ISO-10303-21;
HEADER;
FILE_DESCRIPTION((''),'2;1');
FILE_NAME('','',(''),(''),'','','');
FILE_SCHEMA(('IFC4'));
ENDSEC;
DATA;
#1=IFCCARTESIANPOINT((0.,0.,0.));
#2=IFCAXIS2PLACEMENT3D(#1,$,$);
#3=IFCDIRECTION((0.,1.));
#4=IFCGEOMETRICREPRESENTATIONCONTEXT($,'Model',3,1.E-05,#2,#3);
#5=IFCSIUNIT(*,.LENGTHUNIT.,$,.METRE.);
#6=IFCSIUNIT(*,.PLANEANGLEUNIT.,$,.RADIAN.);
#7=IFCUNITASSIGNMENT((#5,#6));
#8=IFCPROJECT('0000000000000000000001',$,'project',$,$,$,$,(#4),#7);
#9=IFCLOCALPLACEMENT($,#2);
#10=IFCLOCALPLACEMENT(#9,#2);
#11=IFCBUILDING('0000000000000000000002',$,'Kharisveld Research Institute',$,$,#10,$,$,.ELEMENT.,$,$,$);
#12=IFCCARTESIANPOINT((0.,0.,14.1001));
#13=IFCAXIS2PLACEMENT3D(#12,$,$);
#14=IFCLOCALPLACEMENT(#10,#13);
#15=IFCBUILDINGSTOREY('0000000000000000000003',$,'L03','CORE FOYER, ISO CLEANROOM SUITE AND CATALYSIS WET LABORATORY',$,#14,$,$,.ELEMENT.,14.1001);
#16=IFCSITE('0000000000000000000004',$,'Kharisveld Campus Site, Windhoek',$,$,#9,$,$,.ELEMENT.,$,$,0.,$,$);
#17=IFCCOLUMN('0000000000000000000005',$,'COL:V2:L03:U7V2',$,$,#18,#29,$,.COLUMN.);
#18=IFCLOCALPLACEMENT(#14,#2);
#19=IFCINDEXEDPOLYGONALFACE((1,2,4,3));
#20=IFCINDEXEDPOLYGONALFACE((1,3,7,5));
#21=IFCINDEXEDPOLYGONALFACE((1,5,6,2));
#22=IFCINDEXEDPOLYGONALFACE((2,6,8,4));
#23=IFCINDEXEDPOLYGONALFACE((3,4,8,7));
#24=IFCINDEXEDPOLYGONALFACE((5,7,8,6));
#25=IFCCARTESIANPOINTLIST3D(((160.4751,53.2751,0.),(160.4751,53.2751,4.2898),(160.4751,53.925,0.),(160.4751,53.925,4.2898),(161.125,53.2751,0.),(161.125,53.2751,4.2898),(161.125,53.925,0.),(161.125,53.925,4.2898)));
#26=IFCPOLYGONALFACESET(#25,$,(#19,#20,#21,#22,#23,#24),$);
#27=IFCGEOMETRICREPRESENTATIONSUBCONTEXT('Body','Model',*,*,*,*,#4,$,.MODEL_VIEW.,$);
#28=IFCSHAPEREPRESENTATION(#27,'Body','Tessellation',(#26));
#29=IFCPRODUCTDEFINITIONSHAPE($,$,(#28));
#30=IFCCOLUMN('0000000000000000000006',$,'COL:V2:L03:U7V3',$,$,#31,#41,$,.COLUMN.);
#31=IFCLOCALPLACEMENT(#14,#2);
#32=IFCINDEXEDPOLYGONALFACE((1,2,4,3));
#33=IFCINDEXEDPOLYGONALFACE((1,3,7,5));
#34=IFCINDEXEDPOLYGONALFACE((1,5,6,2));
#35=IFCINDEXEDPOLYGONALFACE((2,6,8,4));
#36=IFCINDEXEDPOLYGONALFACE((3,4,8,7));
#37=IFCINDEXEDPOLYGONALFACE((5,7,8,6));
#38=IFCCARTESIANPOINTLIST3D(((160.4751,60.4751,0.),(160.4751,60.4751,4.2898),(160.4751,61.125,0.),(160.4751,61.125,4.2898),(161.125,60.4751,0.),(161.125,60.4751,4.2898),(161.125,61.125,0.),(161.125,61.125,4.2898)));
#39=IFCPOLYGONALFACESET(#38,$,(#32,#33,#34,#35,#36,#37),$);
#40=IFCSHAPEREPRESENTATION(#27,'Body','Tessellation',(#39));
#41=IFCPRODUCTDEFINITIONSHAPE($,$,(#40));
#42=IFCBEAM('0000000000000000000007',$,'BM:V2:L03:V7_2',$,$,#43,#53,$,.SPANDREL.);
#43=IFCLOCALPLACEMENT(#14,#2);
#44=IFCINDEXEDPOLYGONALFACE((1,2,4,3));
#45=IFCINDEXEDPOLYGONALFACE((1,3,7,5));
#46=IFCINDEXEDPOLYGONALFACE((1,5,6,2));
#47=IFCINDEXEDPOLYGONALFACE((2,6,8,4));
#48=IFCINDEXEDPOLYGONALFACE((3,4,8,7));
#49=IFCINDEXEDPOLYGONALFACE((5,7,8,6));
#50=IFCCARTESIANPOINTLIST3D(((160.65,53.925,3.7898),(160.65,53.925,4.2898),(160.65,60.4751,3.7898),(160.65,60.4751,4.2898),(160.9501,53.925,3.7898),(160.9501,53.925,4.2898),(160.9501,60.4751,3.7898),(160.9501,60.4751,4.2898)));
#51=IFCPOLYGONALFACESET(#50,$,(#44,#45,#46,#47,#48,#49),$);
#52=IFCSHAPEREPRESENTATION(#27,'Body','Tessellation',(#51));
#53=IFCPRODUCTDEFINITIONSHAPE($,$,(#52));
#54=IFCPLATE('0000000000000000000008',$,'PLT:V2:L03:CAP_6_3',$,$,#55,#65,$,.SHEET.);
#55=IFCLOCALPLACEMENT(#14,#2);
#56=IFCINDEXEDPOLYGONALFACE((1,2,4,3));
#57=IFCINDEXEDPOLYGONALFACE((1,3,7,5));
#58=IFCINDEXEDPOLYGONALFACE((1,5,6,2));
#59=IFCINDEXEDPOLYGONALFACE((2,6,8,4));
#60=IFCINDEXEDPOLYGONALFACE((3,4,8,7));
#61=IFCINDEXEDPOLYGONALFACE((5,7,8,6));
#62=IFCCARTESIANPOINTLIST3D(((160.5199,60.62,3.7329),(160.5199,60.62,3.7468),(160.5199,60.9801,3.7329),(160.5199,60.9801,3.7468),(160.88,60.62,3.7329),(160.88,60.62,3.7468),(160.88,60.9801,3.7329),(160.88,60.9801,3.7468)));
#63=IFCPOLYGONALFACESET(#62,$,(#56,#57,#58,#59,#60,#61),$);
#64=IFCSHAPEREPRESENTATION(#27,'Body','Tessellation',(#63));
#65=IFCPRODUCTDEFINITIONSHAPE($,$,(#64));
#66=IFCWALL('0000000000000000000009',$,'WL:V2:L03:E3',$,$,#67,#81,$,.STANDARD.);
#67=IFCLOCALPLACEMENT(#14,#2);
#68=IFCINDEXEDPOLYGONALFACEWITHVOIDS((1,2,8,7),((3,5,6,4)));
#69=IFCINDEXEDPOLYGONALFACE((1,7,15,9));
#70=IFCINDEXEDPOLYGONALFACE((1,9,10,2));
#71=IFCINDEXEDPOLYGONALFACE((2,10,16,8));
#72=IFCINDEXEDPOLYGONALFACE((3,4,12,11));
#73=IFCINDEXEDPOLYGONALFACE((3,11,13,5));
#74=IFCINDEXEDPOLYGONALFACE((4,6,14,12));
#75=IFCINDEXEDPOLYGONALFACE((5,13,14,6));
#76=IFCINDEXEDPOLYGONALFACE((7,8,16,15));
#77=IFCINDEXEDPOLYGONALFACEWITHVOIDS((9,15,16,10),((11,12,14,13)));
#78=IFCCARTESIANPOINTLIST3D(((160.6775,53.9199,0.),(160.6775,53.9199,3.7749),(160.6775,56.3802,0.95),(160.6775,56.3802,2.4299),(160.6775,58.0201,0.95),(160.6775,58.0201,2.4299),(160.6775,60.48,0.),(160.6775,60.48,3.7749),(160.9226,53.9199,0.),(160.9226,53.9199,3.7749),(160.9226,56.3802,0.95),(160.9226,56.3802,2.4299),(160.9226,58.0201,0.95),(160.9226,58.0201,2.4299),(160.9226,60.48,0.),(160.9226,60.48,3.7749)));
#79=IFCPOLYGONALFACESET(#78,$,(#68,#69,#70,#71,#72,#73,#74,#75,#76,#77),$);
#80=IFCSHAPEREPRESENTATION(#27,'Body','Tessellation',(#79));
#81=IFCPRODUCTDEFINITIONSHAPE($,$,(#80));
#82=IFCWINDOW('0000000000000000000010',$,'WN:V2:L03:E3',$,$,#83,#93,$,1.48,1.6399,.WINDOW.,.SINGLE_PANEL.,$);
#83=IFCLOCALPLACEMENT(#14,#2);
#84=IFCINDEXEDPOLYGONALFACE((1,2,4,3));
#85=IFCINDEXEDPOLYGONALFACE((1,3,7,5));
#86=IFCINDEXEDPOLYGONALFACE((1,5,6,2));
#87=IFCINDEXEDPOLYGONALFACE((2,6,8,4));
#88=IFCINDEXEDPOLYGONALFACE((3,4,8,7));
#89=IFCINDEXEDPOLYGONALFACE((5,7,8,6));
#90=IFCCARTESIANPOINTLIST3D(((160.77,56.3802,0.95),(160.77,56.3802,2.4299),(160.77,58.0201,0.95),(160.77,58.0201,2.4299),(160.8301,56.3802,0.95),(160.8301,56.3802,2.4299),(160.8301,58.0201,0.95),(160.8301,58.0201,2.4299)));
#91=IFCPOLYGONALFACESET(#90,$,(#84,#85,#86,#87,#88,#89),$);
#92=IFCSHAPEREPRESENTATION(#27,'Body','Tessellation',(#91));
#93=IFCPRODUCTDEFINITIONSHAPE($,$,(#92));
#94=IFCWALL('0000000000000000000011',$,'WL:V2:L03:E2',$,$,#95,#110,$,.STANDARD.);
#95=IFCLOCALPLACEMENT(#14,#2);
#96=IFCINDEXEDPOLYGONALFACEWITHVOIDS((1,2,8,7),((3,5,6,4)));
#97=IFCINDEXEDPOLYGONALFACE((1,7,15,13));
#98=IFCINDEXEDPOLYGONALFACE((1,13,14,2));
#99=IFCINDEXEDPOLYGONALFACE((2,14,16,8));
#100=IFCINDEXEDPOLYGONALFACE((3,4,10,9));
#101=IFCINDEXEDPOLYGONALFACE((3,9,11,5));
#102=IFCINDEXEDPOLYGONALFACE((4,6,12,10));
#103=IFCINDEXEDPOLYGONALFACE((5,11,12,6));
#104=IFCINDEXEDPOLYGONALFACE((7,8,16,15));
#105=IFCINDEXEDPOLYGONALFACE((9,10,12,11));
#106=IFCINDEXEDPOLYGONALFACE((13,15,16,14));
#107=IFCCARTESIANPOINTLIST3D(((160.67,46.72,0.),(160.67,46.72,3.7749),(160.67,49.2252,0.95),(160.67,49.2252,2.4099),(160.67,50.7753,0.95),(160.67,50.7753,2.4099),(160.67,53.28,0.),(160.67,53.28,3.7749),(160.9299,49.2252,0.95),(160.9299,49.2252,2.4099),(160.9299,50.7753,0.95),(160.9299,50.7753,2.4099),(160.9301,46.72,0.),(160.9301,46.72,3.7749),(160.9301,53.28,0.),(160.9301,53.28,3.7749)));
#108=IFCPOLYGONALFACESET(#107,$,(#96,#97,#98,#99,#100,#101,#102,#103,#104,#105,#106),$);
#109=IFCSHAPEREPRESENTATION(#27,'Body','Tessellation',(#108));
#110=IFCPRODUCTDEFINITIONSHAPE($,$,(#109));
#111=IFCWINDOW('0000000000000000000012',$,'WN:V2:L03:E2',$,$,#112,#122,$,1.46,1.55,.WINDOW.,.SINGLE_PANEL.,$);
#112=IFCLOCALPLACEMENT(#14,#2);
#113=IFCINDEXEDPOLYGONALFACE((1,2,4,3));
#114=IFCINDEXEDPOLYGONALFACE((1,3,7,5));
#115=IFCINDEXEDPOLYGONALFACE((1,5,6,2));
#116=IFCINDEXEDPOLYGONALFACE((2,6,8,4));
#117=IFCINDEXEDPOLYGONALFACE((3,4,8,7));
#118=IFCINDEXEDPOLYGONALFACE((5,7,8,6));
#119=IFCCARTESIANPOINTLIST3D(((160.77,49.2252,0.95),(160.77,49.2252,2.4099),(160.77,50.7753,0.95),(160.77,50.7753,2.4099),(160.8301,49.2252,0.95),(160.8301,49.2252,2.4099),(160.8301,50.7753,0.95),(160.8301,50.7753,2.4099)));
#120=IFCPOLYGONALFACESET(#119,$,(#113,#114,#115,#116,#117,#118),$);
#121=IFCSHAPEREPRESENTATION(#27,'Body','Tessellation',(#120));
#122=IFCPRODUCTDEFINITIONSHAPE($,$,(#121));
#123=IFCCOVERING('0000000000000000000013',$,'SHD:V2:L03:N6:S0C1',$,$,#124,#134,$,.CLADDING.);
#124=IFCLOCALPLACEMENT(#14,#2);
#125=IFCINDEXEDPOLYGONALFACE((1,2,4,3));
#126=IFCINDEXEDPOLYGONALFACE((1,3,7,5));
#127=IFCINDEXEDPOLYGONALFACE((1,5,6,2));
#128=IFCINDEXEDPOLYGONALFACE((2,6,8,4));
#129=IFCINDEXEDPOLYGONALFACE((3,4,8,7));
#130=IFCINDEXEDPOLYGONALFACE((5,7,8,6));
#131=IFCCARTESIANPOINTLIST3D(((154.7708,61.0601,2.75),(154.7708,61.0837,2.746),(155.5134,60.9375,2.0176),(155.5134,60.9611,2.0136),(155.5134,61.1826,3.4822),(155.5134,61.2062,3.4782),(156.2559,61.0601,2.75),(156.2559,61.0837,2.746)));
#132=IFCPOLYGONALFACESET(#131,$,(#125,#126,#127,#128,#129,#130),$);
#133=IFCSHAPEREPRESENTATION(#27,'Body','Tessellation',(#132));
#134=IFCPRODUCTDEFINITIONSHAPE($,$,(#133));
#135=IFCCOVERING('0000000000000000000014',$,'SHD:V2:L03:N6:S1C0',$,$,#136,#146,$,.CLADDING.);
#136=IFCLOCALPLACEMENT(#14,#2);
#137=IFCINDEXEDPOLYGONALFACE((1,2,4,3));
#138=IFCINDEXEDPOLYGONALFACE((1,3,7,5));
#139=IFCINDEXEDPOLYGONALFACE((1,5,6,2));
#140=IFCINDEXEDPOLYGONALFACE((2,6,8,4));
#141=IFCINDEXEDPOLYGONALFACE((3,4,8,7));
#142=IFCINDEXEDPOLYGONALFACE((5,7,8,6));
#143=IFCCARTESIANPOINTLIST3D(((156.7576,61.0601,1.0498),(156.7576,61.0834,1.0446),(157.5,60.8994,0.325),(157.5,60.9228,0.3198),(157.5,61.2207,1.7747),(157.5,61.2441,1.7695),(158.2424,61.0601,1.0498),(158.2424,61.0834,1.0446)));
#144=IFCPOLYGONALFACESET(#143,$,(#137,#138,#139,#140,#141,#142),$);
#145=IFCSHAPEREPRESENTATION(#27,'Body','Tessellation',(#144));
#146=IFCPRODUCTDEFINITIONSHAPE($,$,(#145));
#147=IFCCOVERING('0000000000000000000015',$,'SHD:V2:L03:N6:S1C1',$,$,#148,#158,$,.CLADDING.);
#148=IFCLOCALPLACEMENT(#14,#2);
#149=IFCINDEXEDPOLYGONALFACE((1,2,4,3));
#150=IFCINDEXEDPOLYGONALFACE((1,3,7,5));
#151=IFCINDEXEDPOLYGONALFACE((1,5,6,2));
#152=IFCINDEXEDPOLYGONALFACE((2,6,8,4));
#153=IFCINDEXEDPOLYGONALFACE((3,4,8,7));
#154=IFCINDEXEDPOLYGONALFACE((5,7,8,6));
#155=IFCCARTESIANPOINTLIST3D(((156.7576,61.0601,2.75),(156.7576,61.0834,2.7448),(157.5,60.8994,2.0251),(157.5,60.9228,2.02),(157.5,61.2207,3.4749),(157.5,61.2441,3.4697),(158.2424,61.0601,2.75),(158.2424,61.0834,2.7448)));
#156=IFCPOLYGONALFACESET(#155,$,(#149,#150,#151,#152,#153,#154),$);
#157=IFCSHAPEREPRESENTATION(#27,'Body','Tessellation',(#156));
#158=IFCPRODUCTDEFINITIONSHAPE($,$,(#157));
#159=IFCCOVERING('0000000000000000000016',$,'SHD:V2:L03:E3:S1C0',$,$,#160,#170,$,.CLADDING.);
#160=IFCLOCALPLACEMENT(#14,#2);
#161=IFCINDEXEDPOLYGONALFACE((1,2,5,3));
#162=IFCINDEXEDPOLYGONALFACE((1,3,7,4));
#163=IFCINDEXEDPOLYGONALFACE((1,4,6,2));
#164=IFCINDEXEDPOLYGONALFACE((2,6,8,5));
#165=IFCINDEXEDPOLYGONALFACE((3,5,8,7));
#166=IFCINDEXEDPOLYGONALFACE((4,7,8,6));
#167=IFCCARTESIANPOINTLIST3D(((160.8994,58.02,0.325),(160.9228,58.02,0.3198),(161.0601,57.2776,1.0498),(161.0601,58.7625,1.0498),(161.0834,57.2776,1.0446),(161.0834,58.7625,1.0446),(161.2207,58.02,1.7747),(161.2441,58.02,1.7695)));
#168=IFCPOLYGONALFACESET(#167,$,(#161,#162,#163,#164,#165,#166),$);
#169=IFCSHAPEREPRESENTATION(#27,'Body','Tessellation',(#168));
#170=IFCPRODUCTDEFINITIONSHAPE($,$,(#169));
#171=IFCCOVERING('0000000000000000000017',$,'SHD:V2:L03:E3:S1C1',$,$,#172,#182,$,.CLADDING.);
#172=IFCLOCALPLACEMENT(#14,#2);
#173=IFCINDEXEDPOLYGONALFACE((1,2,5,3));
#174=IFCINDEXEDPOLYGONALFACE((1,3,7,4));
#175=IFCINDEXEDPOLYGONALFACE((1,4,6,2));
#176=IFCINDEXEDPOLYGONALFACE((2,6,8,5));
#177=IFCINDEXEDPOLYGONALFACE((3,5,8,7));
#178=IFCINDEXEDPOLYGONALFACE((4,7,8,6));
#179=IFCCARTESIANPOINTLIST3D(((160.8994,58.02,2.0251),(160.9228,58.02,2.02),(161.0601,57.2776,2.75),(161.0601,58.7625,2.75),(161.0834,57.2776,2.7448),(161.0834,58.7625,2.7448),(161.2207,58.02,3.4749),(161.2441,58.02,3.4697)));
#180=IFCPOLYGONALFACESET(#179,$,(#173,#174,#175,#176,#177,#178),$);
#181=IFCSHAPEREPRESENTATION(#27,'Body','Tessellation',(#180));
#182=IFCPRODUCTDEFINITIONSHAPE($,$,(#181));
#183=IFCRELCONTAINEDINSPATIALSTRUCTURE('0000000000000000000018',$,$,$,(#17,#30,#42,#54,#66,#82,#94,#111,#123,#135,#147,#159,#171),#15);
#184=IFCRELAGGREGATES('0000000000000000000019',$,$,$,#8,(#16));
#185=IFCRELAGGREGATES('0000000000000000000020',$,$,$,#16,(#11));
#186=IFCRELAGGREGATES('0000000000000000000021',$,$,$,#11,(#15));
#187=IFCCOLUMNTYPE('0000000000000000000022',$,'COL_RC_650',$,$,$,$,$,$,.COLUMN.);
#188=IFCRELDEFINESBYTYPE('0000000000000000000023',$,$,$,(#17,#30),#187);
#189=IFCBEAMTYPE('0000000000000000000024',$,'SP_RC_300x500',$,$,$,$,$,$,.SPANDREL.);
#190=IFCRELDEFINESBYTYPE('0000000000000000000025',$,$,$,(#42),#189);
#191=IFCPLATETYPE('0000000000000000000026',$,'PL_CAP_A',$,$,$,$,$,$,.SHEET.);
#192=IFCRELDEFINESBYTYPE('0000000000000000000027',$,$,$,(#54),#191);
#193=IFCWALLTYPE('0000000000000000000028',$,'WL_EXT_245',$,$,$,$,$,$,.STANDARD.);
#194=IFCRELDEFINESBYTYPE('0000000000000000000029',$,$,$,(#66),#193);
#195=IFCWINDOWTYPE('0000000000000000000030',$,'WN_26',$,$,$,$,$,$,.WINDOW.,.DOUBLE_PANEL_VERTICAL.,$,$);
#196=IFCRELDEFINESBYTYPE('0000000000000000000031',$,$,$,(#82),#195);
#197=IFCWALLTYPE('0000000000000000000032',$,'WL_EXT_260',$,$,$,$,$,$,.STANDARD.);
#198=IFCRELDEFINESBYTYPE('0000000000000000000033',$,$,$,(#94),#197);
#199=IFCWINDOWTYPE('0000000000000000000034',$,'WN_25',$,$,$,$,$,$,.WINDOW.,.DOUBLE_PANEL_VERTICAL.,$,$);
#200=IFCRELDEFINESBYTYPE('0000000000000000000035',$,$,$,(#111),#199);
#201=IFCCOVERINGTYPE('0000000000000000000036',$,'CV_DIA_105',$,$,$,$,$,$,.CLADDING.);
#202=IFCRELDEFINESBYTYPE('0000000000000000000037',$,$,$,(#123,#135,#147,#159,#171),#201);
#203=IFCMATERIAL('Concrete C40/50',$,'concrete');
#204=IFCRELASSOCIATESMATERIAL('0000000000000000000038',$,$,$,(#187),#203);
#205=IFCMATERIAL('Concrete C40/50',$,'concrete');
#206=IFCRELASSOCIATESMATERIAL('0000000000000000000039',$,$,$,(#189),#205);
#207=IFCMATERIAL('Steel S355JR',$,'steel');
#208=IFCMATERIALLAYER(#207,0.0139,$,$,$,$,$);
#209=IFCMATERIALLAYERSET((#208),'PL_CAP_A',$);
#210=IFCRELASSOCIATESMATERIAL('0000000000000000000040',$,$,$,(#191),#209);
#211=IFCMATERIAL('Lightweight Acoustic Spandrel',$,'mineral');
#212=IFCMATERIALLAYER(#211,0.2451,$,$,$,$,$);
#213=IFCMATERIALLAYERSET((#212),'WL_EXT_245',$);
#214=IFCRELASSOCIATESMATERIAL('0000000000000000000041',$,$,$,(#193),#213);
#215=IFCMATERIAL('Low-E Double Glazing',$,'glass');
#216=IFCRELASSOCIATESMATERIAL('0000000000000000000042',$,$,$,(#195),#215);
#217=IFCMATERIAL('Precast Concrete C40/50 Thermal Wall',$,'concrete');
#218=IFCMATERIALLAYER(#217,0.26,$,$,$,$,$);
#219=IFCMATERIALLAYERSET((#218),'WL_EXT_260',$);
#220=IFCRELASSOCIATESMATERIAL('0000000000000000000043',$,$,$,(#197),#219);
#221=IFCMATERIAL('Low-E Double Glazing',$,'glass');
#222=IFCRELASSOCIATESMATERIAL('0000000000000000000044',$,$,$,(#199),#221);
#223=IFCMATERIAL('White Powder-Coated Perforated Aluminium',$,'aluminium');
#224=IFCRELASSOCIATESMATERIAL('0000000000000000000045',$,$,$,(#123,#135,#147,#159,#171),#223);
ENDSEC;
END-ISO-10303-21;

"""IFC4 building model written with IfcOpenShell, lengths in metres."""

from ifc_helpers import new_model, si_unit, direction, frame, frame_2d, origin, origin_2d, place, context, subcontext, project, spatial, polyline, rectangle, outline, extrude, material, layer, layer_set, material_profile, profile_set, type_object, element, fill, save


model = new_model("IFC4")

# Units and contexts
model_context = context("Model", 3, precision=1e-05, world=origin(), true_north=direction((0.0, 1.0)))
body_context = subcontext(model_context, "Body", "Model", "MODEL_VIEW")
ifc_project = project(units=[si_unit("LENGTHUNIT", "METRE"), si_unit("PLANEANGLEUNIT", "RADIAN")], contexts=[model_context])

# Site, building, storey
site_placement = place(None, origin())
site = spatial("IfcSite", under=ifc_project, at=site_placement, Name="Kharisveld Campus Site, Windhoek", CompositionType="ELEMENT", RefElevation=0.0)
building_placement = place(site_placement, origin())
building = spatial("IfcBuilding", under=site, at=building_placement, Name="Kharisveld Research Institute", CompositionType="ELEMENT")
storey_placement = place(building_placement, frame((0.0, 0.0, 14.1001)))
storey = spatial("IfcBuildingStorey", under=building, at=storey_placement, Name="L03", Description="CORE FOYER, ISO CLEANROOM SUITE AND CATALYSIS WET LABORATORY", CompositionType="ELEMENT", Elevation=14.1001)

# Columns
ifc_material_1 = material(Name="Concrete C40/50", Category="concrete")
ifc_material_profile_1 = material_profile(ifc_material_1, rectangle(XDim=0.6499, YDim=0.6499, at=origin_2d()))
ifc_profile_set_1 = profile_set([ifc_material_profile_1], Name="Concrete C40/50")
column_type = type_object("IfcColumnType", Name="COL_RC_650", PredefinedType="COLUMN", material=ifc_profile_set_1)
for number, where, z_axis, x_axis, name in (
    (1, (160.8, 53.6001, 0.0), (0.0, 0.0, 1.0), (1.0, 0.0, 0.0), "COL:V2:L03:U7V2"),
    (2, (160.8, 60.8, 0.0), (0.0, 0.0, 1.0), (1.0, 0.0, 0.0), "COL:V2:L03:U7V3"),
):
    element("IfcColumn", number, at=place(storey_placement, frame(where, z_axis=z_axis, x_axis=x_axis)), inside=storey, type_object=column_type, Name=name, PredefinedType="COLUMN", context=body_context, shape_type="SweptSolid", body=[
        extrude(rectangle(XDim=0.6499, YDim=0.6499, at=origin_2d()), origin(), (0.0, 0.0, 1.0), 4.2898),
    ])

# Beam
ifc_material_2 = material(Name="Concrete C40/50", Category="concrete")
ifc_material_profile_2 = material_profile(ifc_material_2, rectangle(XDim=0.3, YDim=0.5, at=origin_2d()))
ifc_profile_set_2 = profile_set([ifc_material_profile_2], Name="Concrete C40/50")
beam_type = type_object("IfcBeamType", Name="SP_RC_300x500", PredefinedType="SPANDREL", material=ifc_profile_set_2)
beam_placement = place(storey_placement, frame((160.8, 53.925, 4.0398), z_axis=(0.0, 1.0, 0.0), x_axis=(-1.0, 0.0, 0.0)))
element("IfcBeam", 3, at=beam_placement, inside=storey, type_object=beam_type, Name="BM:V2:L03:V7_2", PredefinedType="SPANDREL", context=body_context, shape_type="SweptSolid", body=[
    extrude(rectangle(XDim=0.3, YDim=0.5, at=origin_2d()), origin(), (0.0, 0.0, 1.0), 6.55),
])

# Plate
ifc_material_3 = material(Name="Steel S355JR", Category="steel")
ifc_layer_1 = layer(ifc_material_3, 0.0139)
ifc_layer_set_1 = layer_set([ifc_layer_1], Name="PL_CAP_A")
plate_type = type_object("IfcPlateType", Name="PL_CAP_A", PredefinedType="SHEET", material=ifc_layer_set_1)
plate_placement = place(storey_placement, frame((160.7, 60.8, 3.7329), z_axis=(0.0, 0.0, 1.0), x_axis=(1.0, 0.0, 0.0)))
element("IfcPlate", 4, at=plate_placement, inside=storey, type_object=plate_type, Name="PLT:V2:L03:CAP_6_3", PredefinedType="SHEET", context=body_context, shape_type="SweptSolid", body=[
    extrude(rectangle(XDim=0.3601, YDim=0.3601, at=origin_2d()), origin(), (0.0, 0.0, 1.0), 0.0139),
])

# Walls, openings, windows
ifc_material_4 = material(Name="Lightweight Acoustic Spandrel", Category="mineral")
ifc_layer_2 = layer(ifc_material_4, 0.2451)
ifc_layer_set_2 = layer_set([ifc_layer_2], Name="WL_EXT_245")
wall_type_1 = type_object("IfcWallType", Name="WL_EXT_245", PredefinedType="STANDARD", material=ifc_layer_set_2)
wall_1_placement = place(storey_placement, frame((160.8, 60.48, 0.0), z_axis=(0.0, 0.0, 1.0), x_axis=(0.0, -1.0, 0.0)))
wall_1 = element("IfcWall", 5, at=wall_1_placement, inside=storey, type_object=wall_type_1, Name="WL:V2:L03:E3", PredefinedType="STANDARD", context=body_context, shape_type="SweptSolid", body=[
    extrude(rectangle(XDim=6.5601, YDim=0.2451, at=frame_2d((3.28, 0.0))), origin(), (0.0, 0.0, 1.0), 3.7749),
])
opening_1_placement = place(wall_1_placement, frame((2.46, 0.0, 0.95)))
opening_1 = element("IfcOpeningElement", 6, at=opening_1_placement, cuts=wall_1, PredefinedType="OPENING", context=body_context, shape_type="SweptSolid", body=[
    extrude(rectangle(XDim=1.6399, YDim=1.48, at=frame_2d((0.8198, 0.74))), frame((0.0, 0.1226, 0.0), z_axis=(0.0, -1.0, 0.0), x_axis=(1.0, 0.0, 0.0)), (0.0, 0.0, 1.0), 0.2451),
])
ifc_material_5 = material(Name="Low-E Double Glazing", Category="glass")
window_type_1 = type_object("IfcWindowType", Name="WN_26", PartitioningType="DOUBLE_PANEL_VERTICAL", PredefinedType="WINDOW", material=ifc_material_5)
window_1_placement = place(opening_1_placement, origin())
window_1 = element("IfcWindow", 7, at=window_1_placement, inside=storey, type_object=window_type_1, Name="WN:V2:L03:E3", OverallHeight=1.48, OverallWidth=1.6399, PartitioningType="SINGLE_PANEL", PredefinedType="WINDOW", context=body_context, shape_type="SweptSolid", body=[
    extrude(rectangle(XDim=1.6399, YDim=1.48, at=frame_2d((0.8198, 0.74))), frame((0.0, 0.03, 0.0), z_axis=(0.0, -1.0, 0.0), x_axis=(1.0, 0.0, 0.0)), (0.0, 0.0, 1.0), 0.0601),
])
fill(opening_1, window_1)
ifc_material_6 = material(Name="Precast Concrete C40/50 Thermal Wall", Category="concrete")
ifc_layer_3 = layer(ifc_material_6, 0.26)
ifc_layer_set_3 = layer_set([ifc_layer_3], Name="WL_EXT_260")
wall_type_2 = type_object("IfcWallType", Name="WL_EXT_260", PredefinedType="STANDARD", material=ifc_layer_set_3)
wall_2_placement = place(storey_placement, frame((160.8, 53.28, 0.0), z_axis=(0.0, 0.0, 1.0), x_axis=(0.0, -1.0, 0.0)))
wall_2 = element("IfcWall", 8, at=wall_2_placement, inside=storey, type_object=wall_type_2, Name="WL:V2:L03:E2", PredefinedType="STANDARD", context=body_context, shape_type="SweptSolid", body=[
    extrude(rectangle(XDim=6.5601, YDim=0.26, at=frame_2d((3.28, 0.0))), origin(), (0.0, 0.0, 1.0), 3.7749),
])
opening_2_placement = place(wall_2_placement, frame((2.5049, 0.0, 0.95)))
opening_2 = element("IfcOpeningElement", 9, at=opening_2_placement, cuts=wall_2, PredefinedType="OPENING", context=body_context, shape_type="SweptSolid", body=[
    extrude(rectangle(XDim=1.55, YDim=1.46, at=frame_2d((0.7749, 0.73))), frame((0.0, 0.1299, 0.0), z_axis=(0.0, -1.0, 0.0), x_axis=(1.0, 0.0, 0.0)), (0.0, 0.0, 1.0), 0.26),
])
ifc_material_7 = material(Name="Low-E Double Glazing", Category="glass")
window_type_2 = type_object("IfcWindowType", Name="WN_25", PartitioningType="DOUBLE_PANEL_VERTICAL", PredefinedType="WINDOW", material=ifc_material_7)
window_2_placement = place(opening_2_placement, origin())
window_2 = element("IfcWindow", 10, at=window_2_placement, inside=storey, type_object=window_type_2, Name="WN:V2:L03:E2", OverallHeight=1.46, OverallWidth=1.55, PartitioningType="SINGLE_PANEL", PredefinedType="WINDOW", context=body_context, shape_type="SweptSolid", body=[
    extrude(rectangle(XDim=1.55, YDim=1.46, at=frame_2d((0.7749, 0.73))), frame((0.0, 0.03, 0.0), z_axis=(0.0, -1.0, 0.0), x_axis=(1.0, 0.0, 0.0)), (0.0, 0.0, 1.0), 0.0601),
])
fill(opening_2, window_2)

# Coverings
ifc_material_8 = material(Name="White Powder-Coated Perforated Aluminium", Category="aluminium")
covering_type = type_object("IfcCoveringType", Name="CV_DIA_105", PredefinedType="CLADDING")
covering_placement = place(storey_placement, frame((155.5134, 60.9375, 2.0176), z_axis=(0.0, -0.986283, 0.165065), x_axis=(0.707024, 0.116733, 0.697489)))
element("IfcCovering", 11, at=covering_placement, inside=storey, type_object=covering_type, material=ifc_material_8, Name="SHD:V2:L03:N6:S0C1", PredefinedType="CLADDING", context=body_context, shape_type="SweptSolid", body=[
    extrude(outline(polyline([(0.0, 0.0), (1.0501, 0.0), (1.0502, 1.0499), (0.0001, 1.0503), (0.0, 0.0)])), origin(), (0.0, 0.0, -1.0), 0.0239),
])
for number, where, z_axis, x_axis, name in (
    (12, (157.5, 60.8994, 0.325), (0.0, -0.976311, 0.216373), (0.707102, 0.153, 0.69036), "SHD:V2:L03:N6:S1C0"),
    (13, (157.5, 60.8994, 2.0251), (0.0, -0.976311, 0.216373), (0.707102, 0.153, 0.69036), "SHD:V2:L03:N6:S1C1"),
    (14, (160.8994, 58.02, 0.325), (-0.976311, 0.0, 0.216373), (0.153, -0.707102, 0.69036), "SHD:V2:L03:E3:S1C0"),
    (15, (160.8994, 58.02, 2.0251), (-0.976311, 0.0, 0.216373), (0.153, -0.707102, 0.69036), "SHD:V2:L03:E3:S1C1"),
):
    element("IfcCovering", number, at=place(storey_placement, frame(where, z_axis=z_axis, x_axis=x_axis)), inside=storey, type_object=covering_type, material=ifc_material_8, Name=name, PredefinedType="CLADDING", context=body_context, shape_type="SweptSolid", body=[
        extrude(outline(polyline([(0.0, 0.0), (1.05, 0.0), (1.05, 1.05), (0.0, 1.05), (0.0, 0.0)])), origin(), (0.0, 0.0, -1.0), 0.0239),
    ])

save(model, "model.ifc")
